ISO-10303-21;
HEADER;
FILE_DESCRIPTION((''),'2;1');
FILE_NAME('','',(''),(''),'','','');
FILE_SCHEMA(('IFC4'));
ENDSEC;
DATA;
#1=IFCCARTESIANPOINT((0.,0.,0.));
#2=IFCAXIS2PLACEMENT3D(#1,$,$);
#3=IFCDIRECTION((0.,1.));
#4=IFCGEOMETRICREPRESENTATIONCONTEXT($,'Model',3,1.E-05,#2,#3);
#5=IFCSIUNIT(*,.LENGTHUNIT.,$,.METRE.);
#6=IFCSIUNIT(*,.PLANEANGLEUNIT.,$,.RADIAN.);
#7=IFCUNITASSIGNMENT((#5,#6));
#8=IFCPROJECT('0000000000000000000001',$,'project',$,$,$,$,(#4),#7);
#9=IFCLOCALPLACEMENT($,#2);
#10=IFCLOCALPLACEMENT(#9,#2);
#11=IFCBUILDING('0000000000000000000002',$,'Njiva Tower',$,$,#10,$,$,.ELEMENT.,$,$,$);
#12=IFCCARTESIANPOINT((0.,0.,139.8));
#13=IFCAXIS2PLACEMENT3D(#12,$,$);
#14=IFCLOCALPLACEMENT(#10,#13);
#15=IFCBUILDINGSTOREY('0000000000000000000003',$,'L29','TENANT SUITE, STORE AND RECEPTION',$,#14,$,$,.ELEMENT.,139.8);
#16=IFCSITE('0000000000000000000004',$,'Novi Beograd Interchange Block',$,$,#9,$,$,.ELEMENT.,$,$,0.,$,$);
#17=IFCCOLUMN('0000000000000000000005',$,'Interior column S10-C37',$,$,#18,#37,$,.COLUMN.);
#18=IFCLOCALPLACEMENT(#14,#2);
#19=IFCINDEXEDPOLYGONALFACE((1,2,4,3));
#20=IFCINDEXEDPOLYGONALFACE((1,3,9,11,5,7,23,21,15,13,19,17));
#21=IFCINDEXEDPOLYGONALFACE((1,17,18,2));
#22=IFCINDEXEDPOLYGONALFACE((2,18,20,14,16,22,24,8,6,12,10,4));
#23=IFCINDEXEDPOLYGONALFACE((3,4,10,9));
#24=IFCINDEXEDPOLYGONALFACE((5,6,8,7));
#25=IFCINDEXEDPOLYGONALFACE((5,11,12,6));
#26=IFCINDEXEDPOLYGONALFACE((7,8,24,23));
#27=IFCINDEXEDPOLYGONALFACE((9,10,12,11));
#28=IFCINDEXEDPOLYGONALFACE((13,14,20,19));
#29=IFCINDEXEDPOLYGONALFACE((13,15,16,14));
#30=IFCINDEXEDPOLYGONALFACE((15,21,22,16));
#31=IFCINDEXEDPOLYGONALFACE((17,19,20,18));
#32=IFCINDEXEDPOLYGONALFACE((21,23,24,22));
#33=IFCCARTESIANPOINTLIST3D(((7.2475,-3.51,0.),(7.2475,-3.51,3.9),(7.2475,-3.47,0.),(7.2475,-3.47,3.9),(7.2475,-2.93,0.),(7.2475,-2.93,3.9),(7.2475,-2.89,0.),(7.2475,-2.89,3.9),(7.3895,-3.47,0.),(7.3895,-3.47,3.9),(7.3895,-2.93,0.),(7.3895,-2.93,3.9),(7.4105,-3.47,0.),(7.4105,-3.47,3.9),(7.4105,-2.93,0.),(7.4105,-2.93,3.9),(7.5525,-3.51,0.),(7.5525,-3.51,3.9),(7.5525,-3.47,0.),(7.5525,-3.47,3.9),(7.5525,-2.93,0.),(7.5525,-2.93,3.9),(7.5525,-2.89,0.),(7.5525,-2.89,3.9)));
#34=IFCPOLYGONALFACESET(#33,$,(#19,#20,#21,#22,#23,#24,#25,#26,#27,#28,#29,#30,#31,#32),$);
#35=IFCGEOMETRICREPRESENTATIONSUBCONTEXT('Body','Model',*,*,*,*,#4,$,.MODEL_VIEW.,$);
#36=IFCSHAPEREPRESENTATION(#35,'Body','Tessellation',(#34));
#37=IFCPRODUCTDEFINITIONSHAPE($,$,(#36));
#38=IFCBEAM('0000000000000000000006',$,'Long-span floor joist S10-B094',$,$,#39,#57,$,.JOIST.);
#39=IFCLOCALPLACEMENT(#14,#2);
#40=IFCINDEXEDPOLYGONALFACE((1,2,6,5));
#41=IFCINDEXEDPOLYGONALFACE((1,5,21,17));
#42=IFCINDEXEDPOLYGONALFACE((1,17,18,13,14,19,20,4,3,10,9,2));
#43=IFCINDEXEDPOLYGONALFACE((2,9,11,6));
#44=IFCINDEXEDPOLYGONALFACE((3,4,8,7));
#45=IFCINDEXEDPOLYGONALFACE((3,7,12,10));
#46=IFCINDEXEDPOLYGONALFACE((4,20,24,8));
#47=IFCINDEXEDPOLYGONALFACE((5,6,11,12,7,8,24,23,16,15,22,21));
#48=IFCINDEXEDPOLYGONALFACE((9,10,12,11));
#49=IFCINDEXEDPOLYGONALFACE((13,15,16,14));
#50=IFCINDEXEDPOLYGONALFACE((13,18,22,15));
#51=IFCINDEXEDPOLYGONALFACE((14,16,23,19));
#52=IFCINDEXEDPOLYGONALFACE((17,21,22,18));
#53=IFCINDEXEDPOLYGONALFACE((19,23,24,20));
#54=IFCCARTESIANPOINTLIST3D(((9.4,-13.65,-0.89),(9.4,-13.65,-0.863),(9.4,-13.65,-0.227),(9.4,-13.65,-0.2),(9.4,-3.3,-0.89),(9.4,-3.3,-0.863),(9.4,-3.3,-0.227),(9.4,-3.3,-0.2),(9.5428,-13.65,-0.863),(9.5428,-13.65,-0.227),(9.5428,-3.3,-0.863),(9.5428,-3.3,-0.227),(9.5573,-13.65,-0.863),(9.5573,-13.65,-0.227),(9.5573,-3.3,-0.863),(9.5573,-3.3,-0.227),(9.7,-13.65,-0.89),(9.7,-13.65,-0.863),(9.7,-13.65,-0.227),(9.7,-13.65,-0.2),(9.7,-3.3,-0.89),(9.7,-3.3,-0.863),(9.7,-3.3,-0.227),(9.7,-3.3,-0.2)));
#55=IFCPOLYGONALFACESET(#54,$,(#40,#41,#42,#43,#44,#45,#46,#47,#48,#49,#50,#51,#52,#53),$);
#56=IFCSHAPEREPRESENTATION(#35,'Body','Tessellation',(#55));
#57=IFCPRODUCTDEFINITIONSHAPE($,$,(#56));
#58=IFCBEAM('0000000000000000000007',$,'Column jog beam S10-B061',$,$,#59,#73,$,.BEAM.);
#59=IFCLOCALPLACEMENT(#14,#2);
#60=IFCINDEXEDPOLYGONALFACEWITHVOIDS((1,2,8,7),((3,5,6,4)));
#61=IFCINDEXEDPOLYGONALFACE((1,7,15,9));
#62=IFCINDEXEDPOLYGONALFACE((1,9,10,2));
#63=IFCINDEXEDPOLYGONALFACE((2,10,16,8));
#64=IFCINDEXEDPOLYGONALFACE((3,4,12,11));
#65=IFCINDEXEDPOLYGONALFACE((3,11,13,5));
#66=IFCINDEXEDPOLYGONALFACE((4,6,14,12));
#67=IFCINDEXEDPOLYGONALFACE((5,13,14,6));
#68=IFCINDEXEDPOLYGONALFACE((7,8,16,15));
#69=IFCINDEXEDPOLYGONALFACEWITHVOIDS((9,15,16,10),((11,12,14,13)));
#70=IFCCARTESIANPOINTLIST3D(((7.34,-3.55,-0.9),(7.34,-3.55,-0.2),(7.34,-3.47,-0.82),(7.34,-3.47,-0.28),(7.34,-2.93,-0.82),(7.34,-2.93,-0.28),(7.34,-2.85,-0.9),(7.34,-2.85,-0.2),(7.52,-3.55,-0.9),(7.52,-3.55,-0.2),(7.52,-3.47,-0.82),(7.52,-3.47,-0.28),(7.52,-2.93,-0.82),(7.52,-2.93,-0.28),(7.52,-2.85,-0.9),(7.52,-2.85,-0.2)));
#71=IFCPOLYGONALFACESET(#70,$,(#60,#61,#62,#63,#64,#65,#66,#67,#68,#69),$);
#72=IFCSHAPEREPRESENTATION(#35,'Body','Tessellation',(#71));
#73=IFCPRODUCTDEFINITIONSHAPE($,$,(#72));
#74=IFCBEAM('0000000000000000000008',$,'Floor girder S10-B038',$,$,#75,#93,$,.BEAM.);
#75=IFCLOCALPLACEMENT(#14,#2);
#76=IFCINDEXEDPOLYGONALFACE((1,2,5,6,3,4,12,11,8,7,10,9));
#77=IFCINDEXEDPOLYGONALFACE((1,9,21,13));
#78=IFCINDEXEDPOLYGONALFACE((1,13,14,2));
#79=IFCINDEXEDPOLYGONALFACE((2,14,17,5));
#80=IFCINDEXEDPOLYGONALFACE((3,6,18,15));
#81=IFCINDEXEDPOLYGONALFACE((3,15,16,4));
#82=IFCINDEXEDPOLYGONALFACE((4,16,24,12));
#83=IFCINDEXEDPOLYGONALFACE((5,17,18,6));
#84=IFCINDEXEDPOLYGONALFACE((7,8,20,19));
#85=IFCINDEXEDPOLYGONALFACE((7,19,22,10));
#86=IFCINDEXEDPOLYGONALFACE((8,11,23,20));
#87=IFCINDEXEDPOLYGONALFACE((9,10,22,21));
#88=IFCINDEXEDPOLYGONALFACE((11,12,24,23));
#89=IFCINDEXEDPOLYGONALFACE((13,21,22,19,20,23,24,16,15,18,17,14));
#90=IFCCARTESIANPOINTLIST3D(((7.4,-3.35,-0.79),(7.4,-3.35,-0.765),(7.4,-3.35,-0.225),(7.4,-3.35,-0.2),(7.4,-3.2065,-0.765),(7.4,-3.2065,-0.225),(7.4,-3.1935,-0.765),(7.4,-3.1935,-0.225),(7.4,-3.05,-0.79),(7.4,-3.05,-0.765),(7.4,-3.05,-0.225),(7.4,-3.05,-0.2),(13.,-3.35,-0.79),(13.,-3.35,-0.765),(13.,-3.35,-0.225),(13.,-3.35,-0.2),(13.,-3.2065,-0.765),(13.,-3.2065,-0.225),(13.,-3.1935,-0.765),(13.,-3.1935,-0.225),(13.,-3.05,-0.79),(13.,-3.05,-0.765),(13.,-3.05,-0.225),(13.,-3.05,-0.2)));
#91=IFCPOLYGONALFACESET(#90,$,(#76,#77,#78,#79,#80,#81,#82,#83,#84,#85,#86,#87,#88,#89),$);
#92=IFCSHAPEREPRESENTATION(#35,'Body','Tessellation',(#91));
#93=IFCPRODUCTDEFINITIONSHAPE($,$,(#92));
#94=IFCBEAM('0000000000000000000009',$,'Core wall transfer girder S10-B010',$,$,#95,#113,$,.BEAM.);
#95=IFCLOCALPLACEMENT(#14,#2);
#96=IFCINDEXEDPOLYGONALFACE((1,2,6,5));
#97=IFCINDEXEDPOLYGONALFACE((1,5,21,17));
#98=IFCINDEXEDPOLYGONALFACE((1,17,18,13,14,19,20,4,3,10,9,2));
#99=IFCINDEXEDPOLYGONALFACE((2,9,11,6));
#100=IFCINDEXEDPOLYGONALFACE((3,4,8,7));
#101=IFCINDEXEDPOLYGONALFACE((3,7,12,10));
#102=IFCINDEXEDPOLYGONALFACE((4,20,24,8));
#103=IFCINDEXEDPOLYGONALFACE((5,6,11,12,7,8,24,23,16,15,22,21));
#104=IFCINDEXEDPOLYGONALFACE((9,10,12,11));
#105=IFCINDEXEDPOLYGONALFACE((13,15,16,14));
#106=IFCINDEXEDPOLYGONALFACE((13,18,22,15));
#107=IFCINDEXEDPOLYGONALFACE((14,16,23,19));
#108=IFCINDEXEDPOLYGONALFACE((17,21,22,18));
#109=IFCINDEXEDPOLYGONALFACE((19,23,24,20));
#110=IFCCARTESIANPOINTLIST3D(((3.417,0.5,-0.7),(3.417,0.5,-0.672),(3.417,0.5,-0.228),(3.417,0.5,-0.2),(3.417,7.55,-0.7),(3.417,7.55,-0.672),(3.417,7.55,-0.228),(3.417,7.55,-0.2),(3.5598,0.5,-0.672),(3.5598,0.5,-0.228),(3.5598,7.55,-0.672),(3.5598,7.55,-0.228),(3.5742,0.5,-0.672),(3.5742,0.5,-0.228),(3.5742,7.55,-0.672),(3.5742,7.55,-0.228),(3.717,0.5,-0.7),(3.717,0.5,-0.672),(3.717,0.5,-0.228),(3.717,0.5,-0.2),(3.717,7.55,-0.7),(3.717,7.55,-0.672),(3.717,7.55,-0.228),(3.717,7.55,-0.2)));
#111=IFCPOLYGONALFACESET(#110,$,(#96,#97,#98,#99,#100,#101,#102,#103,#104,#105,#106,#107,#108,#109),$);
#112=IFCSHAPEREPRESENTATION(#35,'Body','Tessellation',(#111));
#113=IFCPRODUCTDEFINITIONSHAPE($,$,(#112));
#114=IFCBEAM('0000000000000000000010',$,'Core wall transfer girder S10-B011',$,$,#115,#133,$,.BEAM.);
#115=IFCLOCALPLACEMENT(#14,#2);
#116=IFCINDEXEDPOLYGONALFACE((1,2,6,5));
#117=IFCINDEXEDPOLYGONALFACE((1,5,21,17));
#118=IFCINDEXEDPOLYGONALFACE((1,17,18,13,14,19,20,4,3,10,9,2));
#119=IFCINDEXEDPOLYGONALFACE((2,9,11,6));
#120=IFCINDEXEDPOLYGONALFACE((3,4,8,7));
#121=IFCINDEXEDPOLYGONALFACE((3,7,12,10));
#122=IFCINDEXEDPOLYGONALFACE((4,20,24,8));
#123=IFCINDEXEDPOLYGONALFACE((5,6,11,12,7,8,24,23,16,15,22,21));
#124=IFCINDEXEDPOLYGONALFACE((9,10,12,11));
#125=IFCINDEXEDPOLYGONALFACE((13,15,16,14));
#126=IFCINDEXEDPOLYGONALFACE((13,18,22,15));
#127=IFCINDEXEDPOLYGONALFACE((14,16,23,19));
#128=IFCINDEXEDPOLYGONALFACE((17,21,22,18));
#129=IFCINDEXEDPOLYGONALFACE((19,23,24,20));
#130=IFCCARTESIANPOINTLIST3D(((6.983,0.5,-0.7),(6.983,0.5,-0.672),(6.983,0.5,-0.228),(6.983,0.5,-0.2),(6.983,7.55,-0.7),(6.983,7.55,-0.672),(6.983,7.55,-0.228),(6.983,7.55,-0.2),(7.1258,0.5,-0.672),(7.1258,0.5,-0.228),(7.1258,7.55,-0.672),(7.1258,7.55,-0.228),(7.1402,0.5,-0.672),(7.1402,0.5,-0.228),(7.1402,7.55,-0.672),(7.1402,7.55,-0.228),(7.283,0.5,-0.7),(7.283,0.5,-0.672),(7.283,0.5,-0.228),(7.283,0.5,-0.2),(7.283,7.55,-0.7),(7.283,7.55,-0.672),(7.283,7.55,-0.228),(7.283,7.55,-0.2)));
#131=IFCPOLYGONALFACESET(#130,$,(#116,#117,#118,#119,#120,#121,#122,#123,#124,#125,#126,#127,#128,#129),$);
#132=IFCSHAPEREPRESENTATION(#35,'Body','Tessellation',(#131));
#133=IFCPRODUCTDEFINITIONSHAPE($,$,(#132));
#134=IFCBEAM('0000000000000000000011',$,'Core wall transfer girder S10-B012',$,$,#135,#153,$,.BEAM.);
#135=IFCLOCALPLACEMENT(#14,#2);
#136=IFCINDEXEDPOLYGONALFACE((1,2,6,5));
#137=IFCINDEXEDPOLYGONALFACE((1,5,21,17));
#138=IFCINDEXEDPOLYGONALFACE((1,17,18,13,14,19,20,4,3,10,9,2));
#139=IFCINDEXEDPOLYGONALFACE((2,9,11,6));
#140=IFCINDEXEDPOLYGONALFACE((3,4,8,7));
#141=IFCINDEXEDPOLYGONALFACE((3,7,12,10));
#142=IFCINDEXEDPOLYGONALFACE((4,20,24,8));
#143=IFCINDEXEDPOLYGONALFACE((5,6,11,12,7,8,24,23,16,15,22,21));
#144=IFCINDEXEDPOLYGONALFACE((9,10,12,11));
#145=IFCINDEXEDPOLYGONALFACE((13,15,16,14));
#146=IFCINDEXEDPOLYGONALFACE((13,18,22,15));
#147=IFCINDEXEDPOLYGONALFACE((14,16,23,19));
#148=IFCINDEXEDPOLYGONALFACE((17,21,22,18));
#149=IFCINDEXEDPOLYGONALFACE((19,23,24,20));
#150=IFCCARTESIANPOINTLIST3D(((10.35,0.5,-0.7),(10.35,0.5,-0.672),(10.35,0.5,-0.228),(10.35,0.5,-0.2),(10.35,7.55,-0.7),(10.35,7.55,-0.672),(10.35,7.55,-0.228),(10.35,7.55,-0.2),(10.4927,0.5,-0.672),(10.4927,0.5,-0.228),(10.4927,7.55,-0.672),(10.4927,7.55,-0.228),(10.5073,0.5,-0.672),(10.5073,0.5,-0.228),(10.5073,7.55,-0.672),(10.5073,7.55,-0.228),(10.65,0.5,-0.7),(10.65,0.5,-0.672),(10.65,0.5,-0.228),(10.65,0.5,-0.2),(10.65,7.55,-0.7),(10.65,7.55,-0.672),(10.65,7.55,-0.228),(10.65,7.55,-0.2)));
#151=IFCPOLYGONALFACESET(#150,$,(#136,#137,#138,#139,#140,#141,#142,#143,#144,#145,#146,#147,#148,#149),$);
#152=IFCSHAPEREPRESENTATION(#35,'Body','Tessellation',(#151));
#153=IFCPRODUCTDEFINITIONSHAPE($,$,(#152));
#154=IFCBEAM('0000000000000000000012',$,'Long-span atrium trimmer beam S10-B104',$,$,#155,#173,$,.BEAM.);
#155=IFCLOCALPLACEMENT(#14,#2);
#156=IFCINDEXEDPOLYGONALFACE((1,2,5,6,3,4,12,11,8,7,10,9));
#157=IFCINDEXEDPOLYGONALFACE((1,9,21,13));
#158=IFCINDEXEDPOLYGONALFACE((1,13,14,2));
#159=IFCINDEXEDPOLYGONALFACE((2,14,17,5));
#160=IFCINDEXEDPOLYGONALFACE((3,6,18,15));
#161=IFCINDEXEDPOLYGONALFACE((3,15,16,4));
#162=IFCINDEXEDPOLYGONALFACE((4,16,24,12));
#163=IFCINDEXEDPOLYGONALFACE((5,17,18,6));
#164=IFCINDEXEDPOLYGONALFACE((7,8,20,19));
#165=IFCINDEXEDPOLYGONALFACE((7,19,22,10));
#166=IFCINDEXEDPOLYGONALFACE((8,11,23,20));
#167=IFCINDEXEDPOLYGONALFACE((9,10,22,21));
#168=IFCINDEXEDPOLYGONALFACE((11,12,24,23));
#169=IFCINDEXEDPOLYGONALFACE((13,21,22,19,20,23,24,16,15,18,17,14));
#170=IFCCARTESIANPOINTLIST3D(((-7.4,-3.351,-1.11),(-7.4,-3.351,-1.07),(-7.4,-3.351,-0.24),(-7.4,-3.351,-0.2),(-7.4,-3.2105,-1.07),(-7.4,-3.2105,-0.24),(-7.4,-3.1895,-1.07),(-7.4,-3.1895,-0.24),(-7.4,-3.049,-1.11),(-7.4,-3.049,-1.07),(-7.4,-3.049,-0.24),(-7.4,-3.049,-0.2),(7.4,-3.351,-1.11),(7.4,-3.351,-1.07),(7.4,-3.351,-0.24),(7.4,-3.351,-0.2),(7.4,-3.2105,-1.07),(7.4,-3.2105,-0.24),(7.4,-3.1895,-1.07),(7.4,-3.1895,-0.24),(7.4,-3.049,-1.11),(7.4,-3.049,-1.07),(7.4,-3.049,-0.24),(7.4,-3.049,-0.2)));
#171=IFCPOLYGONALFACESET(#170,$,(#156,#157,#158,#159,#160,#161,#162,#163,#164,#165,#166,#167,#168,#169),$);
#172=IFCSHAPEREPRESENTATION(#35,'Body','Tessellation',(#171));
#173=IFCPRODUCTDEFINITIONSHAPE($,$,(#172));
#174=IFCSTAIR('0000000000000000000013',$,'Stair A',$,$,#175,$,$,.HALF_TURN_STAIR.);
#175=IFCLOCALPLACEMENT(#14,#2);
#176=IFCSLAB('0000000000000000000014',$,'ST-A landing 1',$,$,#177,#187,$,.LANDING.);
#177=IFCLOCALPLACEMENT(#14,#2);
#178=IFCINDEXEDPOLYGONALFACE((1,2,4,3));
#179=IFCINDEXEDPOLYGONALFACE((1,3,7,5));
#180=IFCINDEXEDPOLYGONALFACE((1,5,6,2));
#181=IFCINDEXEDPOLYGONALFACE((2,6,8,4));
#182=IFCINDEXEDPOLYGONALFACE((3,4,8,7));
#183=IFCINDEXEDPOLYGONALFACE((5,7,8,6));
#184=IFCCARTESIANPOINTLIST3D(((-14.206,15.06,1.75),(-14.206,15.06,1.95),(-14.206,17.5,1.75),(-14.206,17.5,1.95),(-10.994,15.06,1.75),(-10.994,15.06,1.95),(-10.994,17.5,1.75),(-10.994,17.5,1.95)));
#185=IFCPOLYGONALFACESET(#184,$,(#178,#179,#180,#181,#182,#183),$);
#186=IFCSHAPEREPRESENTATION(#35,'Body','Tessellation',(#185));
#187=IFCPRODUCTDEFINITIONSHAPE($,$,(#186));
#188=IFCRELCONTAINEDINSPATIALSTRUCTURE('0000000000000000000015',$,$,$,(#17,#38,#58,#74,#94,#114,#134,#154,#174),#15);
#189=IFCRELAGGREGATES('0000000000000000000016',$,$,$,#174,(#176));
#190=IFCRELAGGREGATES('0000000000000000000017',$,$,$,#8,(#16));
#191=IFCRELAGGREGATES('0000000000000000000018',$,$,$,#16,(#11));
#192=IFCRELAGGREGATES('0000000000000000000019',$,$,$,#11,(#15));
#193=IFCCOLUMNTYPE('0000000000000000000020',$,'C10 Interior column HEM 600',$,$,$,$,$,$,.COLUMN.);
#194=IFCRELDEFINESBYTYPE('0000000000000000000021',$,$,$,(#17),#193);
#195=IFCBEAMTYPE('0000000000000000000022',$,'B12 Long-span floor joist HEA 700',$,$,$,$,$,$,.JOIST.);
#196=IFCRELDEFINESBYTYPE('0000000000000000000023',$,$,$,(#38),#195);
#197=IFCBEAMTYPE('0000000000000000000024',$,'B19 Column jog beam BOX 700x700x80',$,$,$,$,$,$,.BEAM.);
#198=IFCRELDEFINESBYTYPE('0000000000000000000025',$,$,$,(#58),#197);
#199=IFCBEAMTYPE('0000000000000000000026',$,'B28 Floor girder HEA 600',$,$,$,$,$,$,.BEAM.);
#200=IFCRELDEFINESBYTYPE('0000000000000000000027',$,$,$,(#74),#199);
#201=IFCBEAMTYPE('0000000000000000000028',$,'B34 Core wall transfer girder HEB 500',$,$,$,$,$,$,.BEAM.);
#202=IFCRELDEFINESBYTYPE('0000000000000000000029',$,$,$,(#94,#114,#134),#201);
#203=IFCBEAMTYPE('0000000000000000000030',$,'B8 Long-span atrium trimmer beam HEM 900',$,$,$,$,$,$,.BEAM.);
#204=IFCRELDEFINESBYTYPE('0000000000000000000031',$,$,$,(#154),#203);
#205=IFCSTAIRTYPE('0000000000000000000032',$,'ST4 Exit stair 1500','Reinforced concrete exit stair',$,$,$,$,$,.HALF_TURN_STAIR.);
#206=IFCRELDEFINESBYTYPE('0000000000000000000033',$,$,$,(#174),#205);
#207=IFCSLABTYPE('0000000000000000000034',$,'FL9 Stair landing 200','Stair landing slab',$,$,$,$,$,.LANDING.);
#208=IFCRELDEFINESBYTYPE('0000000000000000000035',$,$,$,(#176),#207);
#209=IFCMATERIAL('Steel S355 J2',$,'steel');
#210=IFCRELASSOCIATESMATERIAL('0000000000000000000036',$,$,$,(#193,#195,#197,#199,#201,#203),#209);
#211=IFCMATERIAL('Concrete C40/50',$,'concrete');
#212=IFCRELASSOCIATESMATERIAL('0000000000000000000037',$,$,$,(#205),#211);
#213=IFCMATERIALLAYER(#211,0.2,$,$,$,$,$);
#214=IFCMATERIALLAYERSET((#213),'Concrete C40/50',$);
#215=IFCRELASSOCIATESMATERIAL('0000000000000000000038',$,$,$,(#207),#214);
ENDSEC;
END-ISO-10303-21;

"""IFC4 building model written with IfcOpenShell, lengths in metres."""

from ifc_helpers import new_model, si_unit, direction, frame, origin, origin_2d, place, context, subcontext, project, spatial, polyline, hollow_rectangle, i_section, outline, extrude, material, layer, layer_set, material_profile, profile_set, type_object, element, aggregate, save


model = new_model("IFC4")

# Units and contexts
model_context = context("Model", 3, precision=1e-05, world=origin(), true_north=direction((0.0, 1.0)))
body_context = subcontext(model_context, "Body", "Model", "MODEL_VIEW")
ifc_project = project(units=[si_unit("LENGTHUNIT", "METRE"), si_unit("PLANEANGLEUNIT", "RADIAN")], contexts=[model_context])

# Site, building, storey
site_placement = place(None, origin())
site = spatial("IfcSite", under=ifc_project, at=site_placement, Name="Novi Beograd Interchange Block", CompositionType="ELEMENT", RefElevation=0.0)
building_placement = place(site_placement, origin())
building = spatial("IfcBuilding", under=site, at=building_placement, Name="Njiva Tower", CompositionType="ELEMENT")
storey_placement = place(building_placement, frame((0.0, 0.0, 139.8)))
storey = spatial("IfcBuildingStorey", under=building, at=storey_placement, Name="L29", Description="TENANT SUITE, STORE AND RECEPTION", CompositionType="ELEMENT", Elevation=139.8)

# Column
ifc_material_1 = material(Name="Steel S355 J2", Category="steel")
ifc_material_profile_1 = material_profile(ifc_material_1, i_section(OverallWidth=0.305, OverallDepth=0.62, WebThickness=0.021, FlangeThickness=0.04, at=origin_2d()), Name="HEM 600")
ifc_profile_set_1 = profile_set([ifc_material_profile_1], Name="Steel S355 J2")
column_type = type_object("IfcColumnType", Name="C10 Interior column HEM 600", PredefinedType="COLUMN", material=ifc_profile_set_1)
column_placement = place(storey_placement, frame((7.4, -3.2, 0.0), z_axis=(0.0, 0.0, 1.0), x_axis=(1.0, 0.0, 0.0)))
element("IfcColumn", 1, at=column_placement, inside=storey, type_object=column_type, Name="Interior column S10-C37", PredefinedType="COLUMN", context=body_context, shape_type="SweptSolid", body=[
    extrude(i_section(OverallWidth=0.305, OverallDepth=0.62, WebThickness=0.021, FlangeThickness=0.04, at=origin_2d()), origin(), (0.0, 0.0, 1.0), 3.9),
])

# Beams
ifc_material_profile_2 = material_profile(ifc_material_1, i_section(OverallWidth=0.3, OverallDepth=0.69, WebThickness=0.0145, FlangeThickness=0.027, at=origin_2d()), Name="HEA 700")
ifc_profile_set_2 = profile_set([ifc_material_profile_2], Name="Steel S355 J2")
beam_type_1 = type_object("IfcBeamType", Name="B12 Long-span floor joist HEA 700", PredefinedType="JOIST", material=ifc_profile_set_2)
beam_1_placement = place(storey_placement, frame((9.55, -3.3, -0.545), z_axis=(0.0, -1.0, 0.0), x_axis=(1.0, 0.0, 0.0)))
element("IfcBeam", 2, at=beam_1_placement, inside=storey, type_object=beam_type_1, Name="Long-span floor joist S10-B094", PredefinedType="JOIST", context=body_context, shape_type="SweptSolid", body=[
    extrude(i_section(OverallWidth=0.3, OverallDepth=0.69, WebThickness=0.0145, FlangeThickness=0.027, at=origin_2d()), origin(), (0.0, 0.0, 1.0), 10.35),
])
ifc_material_profile_3 = material_profile(ifc_material_1, hollow_rectangle(XDim=0.7, YDim=0.7, WallThickness=0.08, at=origin_2d()), Name="BOX 700x700x80")
ifc_profile_set_3 = profile_set([ifc_material_profile_3], Name="Steel S355 J2")
beam_type_2 = type_object("IfcBeamType", Name="B19 Column jog beam BOX 700x700x80", PredefinedType="BEAM", material=ifc_profile_set_3)
beam_2_placement = place(storey_placement, frame((7.52, -3.2, -0.55), z_axis=(-1.0, 0.0, 0.0), x_axis=(0.0, -1.0, 0.0)))
element("IfcBeam", 3, at=beam_2_placement, inside=storey, type_object=beam_type_2, Name="Column jog beam S10-B061", PredefinedType="BEAM", context=body_context, shape_type="SweptSolid", body=[
    extrude(hollow_rectangle(XDim=0.7, YDim=0.7, WallThickness=0.08, at=origin_2d()), origin(), (0.0, 0.0, 1.0), 0.18),
])
ifc_material_profile_4 = material_profile(ifc_material_1, i_section(OverallWidth=0.3, OverallDepth=0.59, WebThickness=0.013, FlangeThickness=0.025, at=origin_2d()), Name="HEA 600")
ifc_profile_set_4 = profile_set([ifc_material_profile_4], Name="Steel S355 J2")
beam_type_3 = type_object("IfcBeamType", Name="B28 Floor girder HEA 600", PredefinedType="BEAM", material=ifc_profile_set_4)
beam_3_placement = place(storey_placement, frame((7.4, -3.2, -0.495), z_axis=(1.0, 0.0, 0.0), x_axis=(0.0, 1.0, 0.0)))
element("IfcBeam", 4, at=beam_3_placement, inside=storey, type_object=beam_type_3, Name="Floor girder S10-B038", PredefinedType="BEAM", context=body_context, shape_type="SweptSolid", body=[
    extrude(i_section(OverallWidth=0.3, OverallDepth=0.59, WebThickness=0.013, FlangeThickness=0.025, at=origin_2d()), origin(), (0.0, 0.0, 1.0), 5.6),
])
ifc_material_profile_5 = material_profile(ifc_material_1, i_section(OverallWidth=0.3, OverallDepth=0.5, WebThickness=0.0145, FlangeThickness=0.028, at=origin_2d()), Name="HEB 500")
ifc_profile_set_5 = profile_set([ifc_material_profile_5], Name="Steel S355 J2")
beam_type_4 = type_object("IfcBeamType", Name="B34 Core wall transfer girder HEB 500", PredefinedType="BEAM", material=ifc_profile_set_5)
for number, where, z_axis, x_axis, name in (
    (5, (3.567, 0.5, -0.45), (0.0, 1.0, 0.0), (-1.0, 0.0, 0.0), "Core wall transfer girder S10-B010"),
    (6, (7.133, 0.5, -0.45), (0.0, 1.0, 0.0), (-1.0, 0.0, 0.0), "Core wall transfer girder S10-B011"),
    (7, (10.5, 0.5, -0.45), (0.0, 1.0, 0.0), (-1.0, 0.0, 0.0), "Core wall transfer girder S10-B012"),
):
    element("IfcBeam", number, at=place(storey_placement, frame(where, z_axis=z_axis, x_axis=x_axis)), inside=storey, type_object=beam_type_4, Name=name, PredefinedType="BEAM", context=body_context, shape_type="SweptSolid", body=[
        extrude(i_section(OverallWidth=0.3, OverallDepth=0.5, WebThickness=0.0145, FlangeThickness=0.028, at=origin_2d()), origin(), (0.0, 0.0, 1.0), 7.05),
    ])
ifc_material_profile_6 = material_profile(ifc_material_1, i_section(OverallWidth=0.302, OverallDepth=0.91, WebThickness=0.021, FlangeThickness=0.04, at=origin_2d()), Name="HEM 900")
ifc_profile_set_6 = profile_set([ifc_material_profile_6], Name="Steel S355 J2")
beam_type_5 = type_object("IfcBeamType", Name="B8 Long-span atrium trimmer beam HEM 900", PredefinedType="BEAM", material=ifc_profile_set_6)
beam_4_placement = place(storey_placement, frame((7.4, -3.2, -0.655), z_axis=(-1.0, 0.0, 0.0), x_axis=(0.0, -1.0, 0.0)))
element("IfcBeam", 8, at=beam_4_placement, inside=storey, type_object=beam_type_5, Name="Long-span atrium trimmer beam S10-B104", PredefinedType="BEAM", context=body_context, shape_type="SweptSolid", body=[
    extrude(i_section(OverallWidth=0.302, OverallDepth=0.91, WebThickness=0.021, FlangeThickness=0.04, at=origin_2d()), origin(), (0.0, 0.0, 1.0), 14.8),
])

# Stair, slab
ifc_material_2 = material(Name="Concrete C40/50", Category="concrete")
stair_type_1 = type_object("IfcStairType", Name="ST4 Exit stair 1500", Description="Reinforced concrete exit stair", PredefinedType="HALF_TURN_STAIR", material=ifc_material_2)
stair_1_placement = place(storey_placement, origin())
stair_1 = element("IfcStair", 9, at=stair_1_placement, inside=storey, type_object=stair_type_1, Name="Stair A", PredefinedType="HALF_TURN_STAIR")
ifc_layer_1 = layer(ifc_material_2, 0.2)
ifc_layer_set_1 = layer_set([ifc_layer_1], Name="Concrete C40/50")
slab_type = type_object("IfcSlabType", Name="FL9 Stair landing 200", Description="Stair landing slab", PredefinedType="LANDING", material=ifc_layer_set_1)
slab_1_placement = place(storey_placement, frame((0.0, 0.0, 1.75)))
slab_1 = element("IfcSlab", 10, at=slab_1_placement, type_object=slab_type, Name="ST-A landing 1", PredefinedType="LANDING", context=body_context, shape_type="SweptSolid", body=[
    extrude(outline(polyline([(-14.206, 15.06), (-10.994, 15.06), (-10.994, 17.5), (-14.206, 17.5), (-14.206, 15.06)])), origin(), (0.0, 0.0, 1.0), 0.2),
])
aggregate(stair_1, [slab_1])

save(model, "model.ifc")
